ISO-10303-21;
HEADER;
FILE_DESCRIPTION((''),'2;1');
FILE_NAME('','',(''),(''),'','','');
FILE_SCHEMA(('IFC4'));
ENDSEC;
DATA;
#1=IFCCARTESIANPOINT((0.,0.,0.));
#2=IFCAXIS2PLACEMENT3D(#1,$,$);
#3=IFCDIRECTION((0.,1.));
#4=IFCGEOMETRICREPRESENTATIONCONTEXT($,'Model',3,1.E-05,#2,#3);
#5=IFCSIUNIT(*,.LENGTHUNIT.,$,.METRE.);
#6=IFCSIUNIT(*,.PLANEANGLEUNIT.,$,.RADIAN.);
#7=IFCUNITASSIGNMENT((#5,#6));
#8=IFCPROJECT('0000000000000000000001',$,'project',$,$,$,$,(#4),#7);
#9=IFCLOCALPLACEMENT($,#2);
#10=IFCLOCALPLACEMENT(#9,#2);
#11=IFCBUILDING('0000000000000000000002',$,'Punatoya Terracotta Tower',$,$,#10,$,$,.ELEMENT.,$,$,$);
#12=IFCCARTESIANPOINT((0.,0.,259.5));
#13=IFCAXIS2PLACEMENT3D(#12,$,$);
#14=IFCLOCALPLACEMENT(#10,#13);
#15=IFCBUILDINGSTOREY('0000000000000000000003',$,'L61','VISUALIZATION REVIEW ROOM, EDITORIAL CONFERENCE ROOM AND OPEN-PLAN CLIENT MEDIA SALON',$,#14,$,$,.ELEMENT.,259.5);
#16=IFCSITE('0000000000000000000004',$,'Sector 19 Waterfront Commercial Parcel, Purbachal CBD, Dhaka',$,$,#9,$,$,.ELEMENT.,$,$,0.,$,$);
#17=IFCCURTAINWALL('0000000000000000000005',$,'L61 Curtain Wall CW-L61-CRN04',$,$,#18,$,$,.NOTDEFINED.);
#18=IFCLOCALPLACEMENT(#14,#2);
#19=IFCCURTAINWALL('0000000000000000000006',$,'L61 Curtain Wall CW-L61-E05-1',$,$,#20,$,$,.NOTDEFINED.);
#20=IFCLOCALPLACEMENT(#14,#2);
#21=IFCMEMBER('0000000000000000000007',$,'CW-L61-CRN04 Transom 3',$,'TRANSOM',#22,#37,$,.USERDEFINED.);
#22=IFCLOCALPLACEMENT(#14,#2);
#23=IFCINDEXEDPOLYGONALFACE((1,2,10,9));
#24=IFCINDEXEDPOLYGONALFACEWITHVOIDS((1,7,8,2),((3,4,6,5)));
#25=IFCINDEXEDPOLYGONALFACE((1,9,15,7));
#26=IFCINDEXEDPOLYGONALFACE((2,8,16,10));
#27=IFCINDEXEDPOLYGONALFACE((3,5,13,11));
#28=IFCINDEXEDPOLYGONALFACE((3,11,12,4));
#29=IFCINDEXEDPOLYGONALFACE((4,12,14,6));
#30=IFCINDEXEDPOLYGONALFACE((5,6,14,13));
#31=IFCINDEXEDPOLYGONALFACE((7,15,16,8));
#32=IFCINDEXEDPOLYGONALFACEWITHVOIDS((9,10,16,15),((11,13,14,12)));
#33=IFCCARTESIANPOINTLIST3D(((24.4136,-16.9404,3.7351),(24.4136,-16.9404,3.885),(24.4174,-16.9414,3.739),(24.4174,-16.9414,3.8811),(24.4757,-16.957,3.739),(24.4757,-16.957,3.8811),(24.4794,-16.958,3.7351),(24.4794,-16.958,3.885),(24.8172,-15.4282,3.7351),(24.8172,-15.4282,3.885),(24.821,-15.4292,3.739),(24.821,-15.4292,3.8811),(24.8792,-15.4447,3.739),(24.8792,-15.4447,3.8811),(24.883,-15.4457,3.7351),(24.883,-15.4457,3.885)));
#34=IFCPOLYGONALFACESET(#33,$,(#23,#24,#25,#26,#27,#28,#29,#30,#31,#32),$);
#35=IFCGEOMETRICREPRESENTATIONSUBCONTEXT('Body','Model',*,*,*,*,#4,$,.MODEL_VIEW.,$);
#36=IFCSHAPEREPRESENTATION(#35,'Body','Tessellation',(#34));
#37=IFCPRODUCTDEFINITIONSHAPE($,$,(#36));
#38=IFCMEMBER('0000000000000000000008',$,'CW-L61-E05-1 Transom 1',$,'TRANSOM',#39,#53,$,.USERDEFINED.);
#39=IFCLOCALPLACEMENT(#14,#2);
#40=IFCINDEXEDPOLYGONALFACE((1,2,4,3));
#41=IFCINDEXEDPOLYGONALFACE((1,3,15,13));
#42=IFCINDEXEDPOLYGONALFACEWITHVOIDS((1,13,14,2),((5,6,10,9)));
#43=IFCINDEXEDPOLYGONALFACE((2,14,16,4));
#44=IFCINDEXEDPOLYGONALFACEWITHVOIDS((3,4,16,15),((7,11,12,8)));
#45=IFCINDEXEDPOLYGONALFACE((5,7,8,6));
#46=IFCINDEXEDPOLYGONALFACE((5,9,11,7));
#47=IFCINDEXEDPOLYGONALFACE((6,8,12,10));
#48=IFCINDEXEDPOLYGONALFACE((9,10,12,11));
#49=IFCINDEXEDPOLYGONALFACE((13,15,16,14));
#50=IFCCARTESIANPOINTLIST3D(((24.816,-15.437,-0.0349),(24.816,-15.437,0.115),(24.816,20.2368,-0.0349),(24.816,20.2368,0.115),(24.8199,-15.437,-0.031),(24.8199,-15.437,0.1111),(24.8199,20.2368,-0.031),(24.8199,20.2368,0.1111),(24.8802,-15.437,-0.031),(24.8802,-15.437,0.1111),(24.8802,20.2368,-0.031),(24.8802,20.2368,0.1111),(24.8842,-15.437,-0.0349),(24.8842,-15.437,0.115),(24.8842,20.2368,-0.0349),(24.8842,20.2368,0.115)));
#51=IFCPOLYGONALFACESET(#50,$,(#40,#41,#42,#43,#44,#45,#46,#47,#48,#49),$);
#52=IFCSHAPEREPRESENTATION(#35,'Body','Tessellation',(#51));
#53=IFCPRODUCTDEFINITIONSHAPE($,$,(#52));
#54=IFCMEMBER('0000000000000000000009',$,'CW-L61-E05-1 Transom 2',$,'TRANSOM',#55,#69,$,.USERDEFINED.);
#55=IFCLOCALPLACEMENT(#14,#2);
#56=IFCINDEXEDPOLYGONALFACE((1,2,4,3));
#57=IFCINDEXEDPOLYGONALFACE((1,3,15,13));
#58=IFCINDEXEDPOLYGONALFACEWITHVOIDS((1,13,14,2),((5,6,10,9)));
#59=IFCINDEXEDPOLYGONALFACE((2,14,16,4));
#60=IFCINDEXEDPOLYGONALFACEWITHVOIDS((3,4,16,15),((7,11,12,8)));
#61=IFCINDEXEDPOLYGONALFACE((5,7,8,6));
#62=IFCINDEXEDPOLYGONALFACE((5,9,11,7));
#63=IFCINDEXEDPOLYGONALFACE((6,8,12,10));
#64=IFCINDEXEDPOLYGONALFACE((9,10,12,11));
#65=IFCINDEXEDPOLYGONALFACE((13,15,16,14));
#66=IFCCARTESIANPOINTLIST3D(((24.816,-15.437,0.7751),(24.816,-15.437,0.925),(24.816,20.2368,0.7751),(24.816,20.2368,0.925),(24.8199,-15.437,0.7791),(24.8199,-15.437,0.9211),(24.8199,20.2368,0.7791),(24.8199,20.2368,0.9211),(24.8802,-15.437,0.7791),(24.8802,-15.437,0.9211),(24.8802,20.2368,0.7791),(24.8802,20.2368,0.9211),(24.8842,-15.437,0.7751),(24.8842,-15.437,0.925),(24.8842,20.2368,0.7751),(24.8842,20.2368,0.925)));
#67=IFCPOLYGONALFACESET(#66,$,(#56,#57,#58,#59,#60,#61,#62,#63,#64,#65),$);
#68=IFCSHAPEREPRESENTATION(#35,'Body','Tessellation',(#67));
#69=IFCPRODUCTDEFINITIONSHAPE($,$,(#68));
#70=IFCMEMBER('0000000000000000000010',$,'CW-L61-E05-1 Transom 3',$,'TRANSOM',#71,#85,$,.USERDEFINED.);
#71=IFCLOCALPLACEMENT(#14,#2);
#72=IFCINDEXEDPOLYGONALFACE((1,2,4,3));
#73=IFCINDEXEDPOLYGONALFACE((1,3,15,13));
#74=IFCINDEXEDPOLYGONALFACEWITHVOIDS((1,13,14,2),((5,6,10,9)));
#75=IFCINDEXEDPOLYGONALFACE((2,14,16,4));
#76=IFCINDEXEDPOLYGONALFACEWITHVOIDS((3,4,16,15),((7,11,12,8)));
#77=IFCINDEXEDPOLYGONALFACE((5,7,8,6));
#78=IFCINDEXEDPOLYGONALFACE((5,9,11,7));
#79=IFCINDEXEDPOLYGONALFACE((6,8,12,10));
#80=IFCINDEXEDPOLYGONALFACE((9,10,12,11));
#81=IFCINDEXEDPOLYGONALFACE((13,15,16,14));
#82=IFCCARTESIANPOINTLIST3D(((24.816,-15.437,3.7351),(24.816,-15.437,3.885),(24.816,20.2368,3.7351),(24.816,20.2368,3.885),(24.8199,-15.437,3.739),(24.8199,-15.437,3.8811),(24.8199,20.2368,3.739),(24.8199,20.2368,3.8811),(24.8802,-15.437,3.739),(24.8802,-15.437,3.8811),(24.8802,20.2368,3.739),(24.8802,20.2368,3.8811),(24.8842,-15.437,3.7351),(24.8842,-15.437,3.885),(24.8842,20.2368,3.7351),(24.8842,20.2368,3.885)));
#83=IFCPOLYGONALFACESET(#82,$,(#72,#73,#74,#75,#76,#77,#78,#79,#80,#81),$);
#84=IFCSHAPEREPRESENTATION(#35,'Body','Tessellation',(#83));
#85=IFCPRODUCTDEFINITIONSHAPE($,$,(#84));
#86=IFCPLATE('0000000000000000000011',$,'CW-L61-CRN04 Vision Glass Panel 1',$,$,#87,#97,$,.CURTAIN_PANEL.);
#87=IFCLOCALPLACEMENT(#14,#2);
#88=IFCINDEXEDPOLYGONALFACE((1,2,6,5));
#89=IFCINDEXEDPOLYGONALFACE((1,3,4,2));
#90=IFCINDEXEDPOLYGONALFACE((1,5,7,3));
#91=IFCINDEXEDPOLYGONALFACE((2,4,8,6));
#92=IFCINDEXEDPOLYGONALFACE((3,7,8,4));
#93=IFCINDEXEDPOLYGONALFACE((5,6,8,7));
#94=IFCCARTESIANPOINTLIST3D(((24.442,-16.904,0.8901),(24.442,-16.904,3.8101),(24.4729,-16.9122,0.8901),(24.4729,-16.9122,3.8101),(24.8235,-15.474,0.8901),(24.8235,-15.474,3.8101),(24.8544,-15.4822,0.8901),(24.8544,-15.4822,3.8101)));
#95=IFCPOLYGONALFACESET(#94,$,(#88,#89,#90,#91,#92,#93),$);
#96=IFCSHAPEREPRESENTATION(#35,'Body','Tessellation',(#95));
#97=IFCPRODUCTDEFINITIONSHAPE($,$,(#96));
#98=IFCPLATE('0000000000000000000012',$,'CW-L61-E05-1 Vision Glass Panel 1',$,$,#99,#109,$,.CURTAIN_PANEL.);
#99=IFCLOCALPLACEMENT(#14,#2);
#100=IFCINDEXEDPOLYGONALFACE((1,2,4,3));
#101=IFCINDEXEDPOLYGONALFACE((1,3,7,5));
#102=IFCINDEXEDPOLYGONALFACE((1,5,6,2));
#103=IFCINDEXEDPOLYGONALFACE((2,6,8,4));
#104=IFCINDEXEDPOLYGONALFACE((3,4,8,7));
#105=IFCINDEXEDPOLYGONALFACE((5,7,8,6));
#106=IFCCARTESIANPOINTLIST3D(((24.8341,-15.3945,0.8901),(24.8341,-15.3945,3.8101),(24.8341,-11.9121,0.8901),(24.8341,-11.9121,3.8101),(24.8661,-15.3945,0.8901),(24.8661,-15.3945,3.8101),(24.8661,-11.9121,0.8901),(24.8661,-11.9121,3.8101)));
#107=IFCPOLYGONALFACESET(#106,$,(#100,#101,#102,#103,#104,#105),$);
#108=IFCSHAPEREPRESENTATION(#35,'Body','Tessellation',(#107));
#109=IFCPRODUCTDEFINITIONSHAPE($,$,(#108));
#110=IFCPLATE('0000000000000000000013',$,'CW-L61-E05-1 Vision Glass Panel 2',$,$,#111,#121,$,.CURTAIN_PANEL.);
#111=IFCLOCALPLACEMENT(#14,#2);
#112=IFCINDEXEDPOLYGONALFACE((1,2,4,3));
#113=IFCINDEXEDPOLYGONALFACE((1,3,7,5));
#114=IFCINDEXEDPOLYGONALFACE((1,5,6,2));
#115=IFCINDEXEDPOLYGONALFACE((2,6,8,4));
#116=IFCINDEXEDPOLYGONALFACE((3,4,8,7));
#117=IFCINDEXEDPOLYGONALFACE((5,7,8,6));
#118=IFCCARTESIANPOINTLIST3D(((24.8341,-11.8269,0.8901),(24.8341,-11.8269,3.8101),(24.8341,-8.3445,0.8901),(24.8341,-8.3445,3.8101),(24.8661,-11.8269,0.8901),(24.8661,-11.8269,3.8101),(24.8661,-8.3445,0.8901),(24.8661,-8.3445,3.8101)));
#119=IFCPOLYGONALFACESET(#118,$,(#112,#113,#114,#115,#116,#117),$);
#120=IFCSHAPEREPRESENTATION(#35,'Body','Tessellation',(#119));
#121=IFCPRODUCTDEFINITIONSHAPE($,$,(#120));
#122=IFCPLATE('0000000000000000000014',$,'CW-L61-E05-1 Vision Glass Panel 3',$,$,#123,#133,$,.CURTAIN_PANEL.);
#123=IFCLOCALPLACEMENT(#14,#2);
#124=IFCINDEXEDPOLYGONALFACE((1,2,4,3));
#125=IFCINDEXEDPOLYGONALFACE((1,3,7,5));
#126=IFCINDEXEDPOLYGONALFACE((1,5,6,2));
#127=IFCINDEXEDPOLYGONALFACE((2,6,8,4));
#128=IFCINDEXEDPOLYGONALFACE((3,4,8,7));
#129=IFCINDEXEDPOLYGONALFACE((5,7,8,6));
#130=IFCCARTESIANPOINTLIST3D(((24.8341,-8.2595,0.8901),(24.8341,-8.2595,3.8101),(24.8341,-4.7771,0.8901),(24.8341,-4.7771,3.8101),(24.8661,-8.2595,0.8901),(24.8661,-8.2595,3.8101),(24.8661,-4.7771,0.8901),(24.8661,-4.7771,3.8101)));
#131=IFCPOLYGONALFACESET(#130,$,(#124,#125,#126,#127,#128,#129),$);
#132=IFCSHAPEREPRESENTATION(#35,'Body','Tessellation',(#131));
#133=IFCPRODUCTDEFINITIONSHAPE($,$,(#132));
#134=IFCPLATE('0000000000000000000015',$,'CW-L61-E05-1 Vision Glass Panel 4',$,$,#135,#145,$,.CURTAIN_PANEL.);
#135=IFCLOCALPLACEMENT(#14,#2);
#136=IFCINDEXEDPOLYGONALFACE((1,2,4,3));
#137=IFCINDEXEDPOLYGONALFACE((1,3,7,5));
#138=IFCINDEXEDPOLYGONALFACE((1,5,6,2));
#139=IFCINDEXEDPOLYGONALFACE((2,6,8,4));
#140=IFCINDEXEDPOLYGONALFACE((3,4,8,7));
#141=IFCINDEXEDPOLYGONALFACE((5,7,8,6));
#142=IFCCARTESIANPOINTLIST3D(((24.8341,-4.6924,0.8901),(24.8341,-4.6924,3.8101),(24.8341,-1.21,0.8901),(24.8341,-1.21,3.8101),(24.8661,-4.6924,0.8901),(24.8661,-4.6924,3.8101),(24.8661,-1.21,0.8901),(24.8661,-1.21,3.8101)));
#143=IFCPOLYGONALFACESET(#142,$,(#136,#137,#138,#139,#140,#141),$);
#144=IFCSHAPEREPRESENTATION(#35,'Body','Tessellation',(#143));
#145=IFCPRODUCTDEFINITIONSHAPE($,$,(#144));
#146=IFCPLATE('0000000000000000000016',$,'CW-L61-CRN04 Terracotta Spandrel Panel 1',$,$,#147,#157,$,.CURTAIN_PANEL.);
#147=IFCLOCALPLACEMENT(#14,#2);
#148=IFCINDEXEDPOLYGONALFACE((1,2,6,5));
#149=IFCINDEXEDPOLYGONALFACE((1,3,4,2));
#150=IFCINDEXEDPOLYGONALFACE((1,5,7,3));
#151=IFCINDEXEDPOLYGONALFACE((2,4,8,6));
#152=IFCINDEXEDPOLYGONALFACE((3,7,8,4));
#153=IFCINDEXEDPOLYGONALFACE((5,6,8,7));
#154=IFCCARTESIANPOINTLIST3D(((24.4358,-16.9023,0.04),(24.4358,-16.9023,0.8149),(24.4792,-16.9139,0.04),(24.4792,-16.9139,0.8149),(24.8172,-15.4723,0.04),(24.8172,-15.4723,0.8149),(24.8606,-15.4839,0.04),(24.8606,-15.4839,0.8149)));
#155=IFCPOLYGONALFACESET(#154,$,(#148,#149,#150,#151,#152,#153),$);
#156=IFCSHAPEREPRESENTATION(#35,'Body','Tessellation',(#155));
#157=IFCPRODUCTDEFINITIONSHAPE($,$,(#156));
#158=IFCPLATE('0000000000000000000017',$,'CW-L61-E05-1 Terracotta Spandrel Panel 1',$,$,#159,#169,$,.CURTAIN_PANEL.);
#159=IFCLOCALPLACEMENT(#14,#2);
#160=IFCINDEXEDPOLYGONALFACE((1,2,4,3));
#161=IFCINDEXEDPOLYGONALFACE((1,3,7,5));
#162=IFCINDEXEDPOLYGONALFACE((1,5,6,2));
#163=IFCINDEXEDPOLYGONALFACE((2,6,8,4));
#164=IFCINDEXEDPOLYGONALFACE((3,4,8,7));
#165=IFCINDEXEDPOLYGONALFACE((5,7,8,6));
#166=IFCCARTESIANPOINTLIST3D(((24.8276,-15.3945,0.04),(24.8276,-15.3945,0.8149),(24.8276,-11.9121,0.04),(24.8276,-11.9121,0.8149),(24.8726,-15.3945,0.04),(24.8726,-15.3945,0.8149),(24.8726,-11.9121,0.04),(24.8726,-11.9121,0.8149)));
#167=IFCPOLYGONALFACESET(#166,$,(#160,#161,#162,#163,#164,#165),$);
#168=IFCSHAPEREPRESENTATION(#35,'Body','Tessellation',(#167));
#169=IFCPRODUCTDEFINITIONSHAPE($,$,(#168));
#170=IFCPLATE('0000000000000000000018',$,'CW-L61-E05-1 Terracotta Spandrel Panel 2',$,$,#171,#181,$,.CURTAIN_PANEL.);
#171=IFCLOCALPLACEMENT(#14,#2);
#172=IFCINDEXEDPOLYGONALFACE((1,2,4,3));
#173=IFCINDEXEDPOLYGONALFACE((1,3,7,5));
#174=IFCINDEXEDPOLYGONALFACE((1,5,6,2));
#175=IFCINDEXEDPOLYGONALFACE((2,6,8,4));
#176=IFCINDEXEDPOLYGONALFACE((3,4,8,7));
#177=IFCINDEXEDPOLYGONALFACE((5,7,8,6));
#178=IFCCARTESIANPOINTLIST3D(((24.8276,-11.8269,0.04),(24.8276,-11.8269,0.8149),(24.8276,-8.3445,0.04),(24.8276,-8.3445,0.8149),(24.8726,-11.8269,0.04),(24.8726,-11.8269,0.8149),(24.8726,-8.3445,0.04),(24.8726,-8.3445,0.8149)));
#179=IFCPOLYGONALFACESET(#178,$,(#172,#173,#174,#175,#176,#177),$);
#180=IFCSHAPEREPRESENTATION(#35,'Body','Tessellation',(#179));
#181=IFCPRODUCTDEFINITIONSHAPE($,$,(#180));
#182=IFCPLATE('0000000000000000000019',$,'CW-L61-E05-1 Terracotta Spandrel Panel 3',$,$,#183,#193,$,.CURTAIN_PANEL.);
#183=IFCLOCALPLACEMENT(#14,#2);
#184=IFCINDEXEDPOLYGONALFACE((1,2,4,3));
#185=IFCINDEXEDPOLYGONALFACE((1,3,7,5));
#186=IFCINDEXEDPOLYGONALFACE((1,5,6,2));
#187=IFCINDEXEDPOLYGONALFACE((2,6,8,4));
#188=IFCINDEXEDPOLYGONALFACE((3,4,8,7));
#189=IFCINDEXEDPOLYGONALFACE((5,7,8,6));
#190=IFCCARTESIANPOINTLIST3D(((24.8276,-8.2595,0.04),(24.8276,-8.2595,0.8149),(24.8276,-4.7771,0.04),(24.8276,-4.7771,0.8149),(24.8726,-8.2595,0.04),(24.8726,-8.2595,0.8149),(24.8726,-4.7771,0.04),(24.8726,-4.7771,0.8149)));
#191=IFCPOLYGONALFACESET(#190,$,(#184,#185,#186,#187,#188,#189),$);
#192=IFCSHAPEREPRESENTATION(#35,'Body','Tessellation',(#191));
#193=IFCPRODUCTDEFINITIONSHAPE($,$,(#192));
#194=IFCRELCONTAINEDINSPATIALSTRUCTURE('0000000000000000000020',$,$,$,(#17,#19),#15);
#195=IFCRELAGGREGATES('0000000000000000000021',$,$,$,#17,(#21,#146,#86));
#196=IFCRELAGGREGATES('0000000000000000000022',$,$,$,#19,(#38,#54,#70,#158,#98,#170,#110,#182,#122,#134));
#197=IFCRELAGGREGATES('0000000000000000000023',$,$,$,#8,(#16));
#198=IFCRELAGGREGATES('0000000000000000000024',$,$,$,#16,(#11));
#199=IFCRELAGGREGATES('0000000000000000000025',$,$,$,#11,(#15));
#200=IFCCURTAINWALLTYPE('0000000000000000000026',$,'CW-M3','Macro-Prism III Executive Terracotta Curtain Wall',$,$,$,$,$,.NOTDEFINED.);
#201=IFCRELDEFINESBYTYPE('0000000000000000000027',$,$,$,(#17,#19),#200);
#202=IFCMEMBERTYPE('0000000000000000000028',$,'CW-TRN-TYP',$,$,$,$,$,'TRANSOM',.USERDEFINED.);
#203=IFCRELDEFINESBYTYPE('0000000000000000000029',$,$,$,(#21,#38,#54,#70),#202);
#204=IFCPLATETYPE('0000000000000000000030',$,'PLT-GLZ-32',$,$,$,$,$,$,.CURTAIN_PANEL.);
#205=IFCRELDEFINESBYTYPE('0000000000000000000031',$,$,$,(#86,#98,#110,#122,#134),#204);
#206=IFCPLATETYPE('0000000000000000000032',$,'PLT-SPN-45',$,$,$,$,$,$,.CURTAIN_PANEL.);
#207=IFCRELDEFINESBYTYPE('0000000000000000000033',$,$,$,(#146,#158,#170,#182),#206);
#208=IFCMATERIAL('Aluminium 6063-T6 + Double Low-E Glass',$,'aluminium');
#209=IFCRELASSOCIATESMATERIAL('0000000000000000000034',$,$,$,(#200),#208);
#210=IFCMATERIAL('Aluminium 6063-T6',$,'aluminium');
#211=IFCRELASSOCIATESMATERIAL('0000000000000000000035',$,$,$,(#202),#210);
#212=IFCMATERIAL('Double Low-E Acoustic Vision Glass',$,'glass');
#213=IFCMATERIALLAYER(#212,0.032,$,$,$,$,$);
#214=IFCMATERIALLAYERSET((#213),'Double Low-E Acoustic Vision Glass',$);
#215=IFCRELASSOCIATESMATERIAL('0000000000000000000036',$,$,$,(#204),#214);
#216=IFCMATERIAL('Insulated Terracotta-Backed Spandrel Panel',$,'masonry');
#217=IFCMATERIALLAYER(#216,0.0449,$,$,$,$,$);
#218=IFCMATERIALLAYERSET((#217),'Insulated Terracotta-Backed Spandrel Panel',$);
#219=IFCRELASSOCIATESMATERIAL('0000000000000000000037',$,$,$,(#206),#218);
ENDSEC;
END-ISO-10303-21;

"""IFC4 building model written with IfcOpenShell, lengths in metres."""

from ifc_helpers import new_model, si_unit, direction, frame, origin, origin_2d, place, context, subcontext, project, spatial, rectangle, hollow_rectangle, extrude, material, layer, layer_set, material_profile, profile_set, type_object, element, aggregate, save


model = new_model("IFC4")

# Units and contexts
model_context = context("Model", 3, precision=1e-05, world=origin(), true_north=direction((0.0, 1.0)))
body_context = subcontext(model_context, "Body", "Model", "MODEL_VIEW")
ifc_project = project(units=[si_unit("LENGTHUNIT", "METRE"), si_unit("PLANEANGLEUNIT", "RADIAN")], contexts=[model_context])

# Site, building, storey
site_placement = place(None, origin())
site = spatial("IfcSite", under=ifc_project, at=site_placement, Name="Sector 19 Waterfront Commercial Parcel, Purbachal CBD, Dhaka", CompositionType="ELEMENT", RefElevation=0.0)
building_placement = place(site_placement, origin())
building = spatial("IfcBuilding", under=site, at=building_placement, Name="Punatoya Terracotta Tower", CompositionType="ELEMENT")
storey_placement = place(building_placement, frame((0.0, 0.0, 259.5)))
storey = spatial("IfcBuildingStorey", under=building, at=storey_placement, Name="L61", Description="VISUALIZATION REVIEW ROOM, EDITORIAL CONFERENCE ROOM AND OPEN-PLAN CLIENT MEDIA SALON", CompositionType="ELEMENT", Elevation=259.5)

# Curtain walls
ifc_material_1 = material(Name="Aluminium 6063-T6 + Double Low-E Glass", Category="aluminium")
curtain_wall_type = type_object("IfcCurtainWallType", Name="CW-M3", Description="Macro-Prism III Executive Terracotta Curtain Wall", PredefinedType="NOTDEFINED", material=ifc_material_1)
curtain_wall_1_placement = place(storey_placement, origin())
curtain_wall_1 = element("IfcCurtainWall", 1, at=curtain_wall_1_placement, inside=storey, type_object=curtain_wall_type, Name="L61 Curtain Wall CW-L61-CRN04", PredefinedType="NOTDEFINED")
ifc_material_2 = material(Name="Aluminium 6063-T6", Category="aluminium")
curtain_wall_2_placement = place(storey_placement, origin())
curtain_wall_2 = element("IfcCurtainWall", 2, at=curtain_wall_2_placement, inside=storey, type_object=curtain_wall_type, Name="L61 Curtain Wall CW-L61-E05-1", PredefinedType="NOTDEFINED")

# Members
ifc_material_profile_1 = material_profile(ifc_material_2, hollow_rectangle(XDim=0.0681, YDim=0.1499, WallThickness=0.0039, at=origin_2d()))
ifc_profile_set_1 = profile_set([ifc_material_profile_1], Name="Aluminium 6063-T6")
member_type_1 = type_object("IfcMemberType", Name="CW-TRN-TYP", ElementType="TRANSOM", PredefinedType="USERDEFINED", material=ifc_profile_set_1)
member_1_placement = place(storey_placement, frame((24.4465, -16.9492, 3.8101), z_axis=(0.257847, 0.966186, 0.0), x_axis=(-0.966186, 0.257847, 0.0)))
member_1 = element("IfcMember", 3, at=member_1_placement, type_object=member_type_1, Name="CW-L61-CRN04 Transom 3", ObjectType="TRANSOM", PredefinedType="USERDEFINED", context=body_context, shape_type="SweptSolid", body=[
    extrude(hollow_rectangle(XDim=0.0681, YDim=0.1499, WallThickness=0.0039, at=origin_2d()), origin(), (0.0, 0.0, 1.0), 1.5652),
])
member_2_placement = place(storey_placement, frame((24.8501, -15.437, 0.04), z_axis=(0.0, 1.0, 0.0), x_axis=(-1.0, 0.0, 0.0)))
member_2 = element("IfcMember", 4, at=member_2_placement, type_object=member_type_1, Name="CW-L61-E05-1 Transom 1", ObjectType="TRANSOM", PredefinedType="USERDEFINED", context=body_context, shape_type="SweptSolid", body=[
    extrude(hollow_rectangle(XDim=0.0681, YDim=0.1499, WallThickness=0.0039, at=origin_2d()), origin(), (0.0, 0.0, 1.0), 35.6738),
])
member_3_placement = place(storey_placement, frame((24.8501, -15.437, 0.8501), z_axis=(0.0, 1.0, 0.0), x_axis=(-1.0, 0.0, 0.0)))
member_3 = element("IfcMember", 5, at=member_3_placement, type_object=member_type_1, Name="CW-L61-E05-1 Transom 2", ObjectType="TRANSOM", PredefinedType="USERDEFINED", context=body_context, shape_type="SweptSolid", body=[
    extrude(hollow_rectangle(XDim=0.0681, YDim=0.1499, WallThickness=0.0039, at=origin_2d()), origin(), (0.0, 0.0, 1.0), 35.6738),
])
member_4_placement = place(storey_placement, frame((24.8501, -15.437, 3.8101), z_axis=(0.0, 1.0, 0.0), x_axis=(-1.0, 0.0, 0.0)))
member_4 = element("IfcMember", 6, at=member_4_placement, type_object=member_type_1, Name="CW-L61-E05-1 Transom 3", ObjectType="TRANSOM", PredefinedType="USERDEFINED", context=body_context, shape_type="SweptSolid", body=[
    extrude(hollow_rectangle(XDim=0.0681, YDim=0.1499, WallThickness=0.0039, at=origin_2d()), origin(), (0.0, 0.0, 1.0), 35.6738),
])

# Plates
ifc_material_3 = material(Name="Double Low-E Acoustic Vision Glass", Category="glass")
ifc_layer_1 = layer(ifc_material_3, 0.032)
ifc_layer_set_1 = layer_set([ifc_layer_1], Name="Double Low-E Acoustic Vision Glass")
plate_type_1 = type_object("IfcPlateType", Name="PLT-GLZ-32", PredefinedType="CURTAIN_PANEL", material=ifc_layer_set_1)
plate_1_placement = place(storey_placement, frame((24.6482, -16.1931, 0.8901), z_axis=(0.0, 0.0, 1.0), x_axis=(0.257742, 0.966214, 0.0)))
plate_1 = element("IfcPlate", 7, at=plate_1_placement, type_object=plate_type_1, Name="CW-L61-CRN04 Vision Glass Panel 1", PredefinedType="CURTAIN_PANEL", context=body_context, shape_type="SweptSolid", body=[
    extrude(rectangle(XDim=1.48, YDim=0.032, at=origin_2d()), origin(), (0.0, 0.0, 1.0), 2.9199),
])
plate_2_placement = place(storey_placement, frame((24.8501, -13.6533, 0.8901), z_axis=(0.0, 0.0, 1.0), x_axis=(0.0, 1.0, 0.0)))
plate_2 = element("IfcPlate", 8, at=plate_2_placement, type_object=plate_type_1, Name="CW-L61-E05-1 Vision Glass Panel 1", PredefinedType="CURTAIN_PANEL", context=body_context, shape_type="SweptSolid", body=[
    extrude(rectangle(XDim=3.4824, YDim=0.032, at=origin_2d()), origin(), (0.0, 0.0, 1.0), 2.9199),
])
plate_3_placement = place(storey_placement, frame((24.8501, -10.0857, 0.8901), z_axis=(0.0, 0.0, 1.0), x_axis=(0.0, 1.0, 0.0)))
plate_3 = element("IfcPlate", 9, at=plate_3_placement, type_object=plate_type_1, Name="CW-L61-E05-1 Vision Glass Panel 2", PredefinedType="CURTAIN_PANEL", context=body_context, shape_type="SweptSolid", body=[
    extrude(rectangle(XDim=3.4824, YDim=0.032, at=origin_2d()), origin(), (0.0, 0.0, 1.0), 2.9199),
])
plate_4_placement = place(storey_placement, frame((24.8501, -6.5183, 0.8901), z_axis=(0.0, 0.0, 1.0), x_axis=(0.0, 1.0, 0.0)))
plate_4 = element("IfcPlate", 10, at=plate_4_placement, type_object=plate_type_1, Name="CW-L61-E05-1 Vision Glass Panel 3", PredefinedType="CURTAIN_PANEL", context=body_context, shape_type="SweptSolid", body=[
    extrude(rectangle(XDim=3.4824, YDim=0.032, at=origin_2d()), origin(), (0.0, 0.0, 1.0), 2.9199),
])
plate_5_placement = place(storey_placement, frame((24.8501, -2.9512, 0.8901), z_axis=(0.0, 0.0, 1.0), x_axis=(0.0, 1.0, 0.0)))
plate_5 = element("IfcPlate", 11, at=plate_5_placement, type_object=plate_type_1, Name="CW-L61-E05-1 Vision Glass Panel 4", PredefinedType="CURTAIN_PANEL", context=body_context, shape_type="SweptSolid", body=[
    extrude(rectangle(XDim=3.4824, YDim=0.032, at=origin_2d()), origin(), (0.0, 0.0, 1.0), 2.9199),
])
ifc_material_4 = material(Name="Insulated Terracotta-Backed Spandrel Panel", Category="masonry")
ifc_layer_2 = layer(ifc_material_4, 0.0449)
ifc_layer_set_2 = layer_set([ifc_layer_2], Name="Insulated Terracotta-Backed Spandrel Panel")
plate_type_2 = type_object("IfcPlateType", Name="PLT-SPN-45", PredefinedType="CURTAIN_PANEL", material=ifc_layer_set_2)
plate_6_placement = place(storey_placement, frame((24.6482, -16.1931, 0.04), z_axis=(0.0, 0.0, 1.0), x_axis=(0.257742, 0.966214, 0.0)))
plate_6 = element("IfcPlate", 12, at=plate_6_placement, type_object=plate_type_2, Name="CW-L61-CRN04 Terracotta Spandrel Panel 1", PredefinedType="CURTAIN_PANEL", context=body_context, shape_type="SweptSolid", body=[
    extrude(rectangle(XDim=1.48, YDim=0.0449, at=origin_2d()), origin(), (0.0, 0.0, 1.0), 0.7749),
])
aggregate(curtain_wall_1, [member_1, plate_6, plate_1])
plate_7_placement = place(storey_placement, frame((24.8501, -13.6533, 0.04), z_axis=(0.0, 0.0, 1.0), x_axis=(0.0, 1.0, 0.0)))
plate_7 = element("IfcPlate", 13, at=plate_7_placement, type_object=plate_type_2, Name="CW-L61-E05-1 Terracotta Spandrel Panel 1", PredefinedType="CURTAIN_PANEL", context=body_context, shape_type="SweptSolid", body=[
    extrude(rectangle(XDim=3.4824, YDim=0.0449, at=origin_2d()), origin(), (0.0, 0.0, 1.0), 0.7749),
])
plate_8_placement = place(storey_placement, frame((24.8501, -10.0857, 0.04), z_axis=(0.0, 0.0, 1.0), x_axis=(0.0, 1.0, 0.0)))
plate_8 = element("IfcPlate", 14, at=plate_8_placement, type_object=plate_type_2, Name="CW-L61-E05-1 Terracotta Spandrel Panel 2", PredefinedType="CURTAIN_PANEL", context=body_context, shape_type="SweptSolid", body=[
    extrude(rectangle(XDim=3.4824, YDim=0.0449, at=origin_2d()), origin(), (0.0, 0.0, 1.0), 0.7749),
])
plate_9_placement = place(storey_placement, frame((24.8501, -6.5183, 0.04), z_axis=(0.0, 0.0, 1.0), x_axis=(0.0, 1.0, 0.0)))
plate_9 = element("IfcPlate", 15, at=plate_9_placement, type_object=plate_type_2, Name="CW-L61-E05-1 Terracotta Spandrel Panel 3", PredefinedType="CURTAIN_PANEL", context=body_context, shape_type="SweptSolid", body=[
    extrude(rectangle(XDim=3.4824, YDim=0.0449, at=origin_2d()), origin(), (0.0, 0.0, 1.0), 0.7749),
])
aggregate(curtain_wall_2, [member_2, member_3, member_4, plate_7, plate_2, plate_8, plate_3, plate_9, plate_4, plate_5])

save(model, "model.ifc")
